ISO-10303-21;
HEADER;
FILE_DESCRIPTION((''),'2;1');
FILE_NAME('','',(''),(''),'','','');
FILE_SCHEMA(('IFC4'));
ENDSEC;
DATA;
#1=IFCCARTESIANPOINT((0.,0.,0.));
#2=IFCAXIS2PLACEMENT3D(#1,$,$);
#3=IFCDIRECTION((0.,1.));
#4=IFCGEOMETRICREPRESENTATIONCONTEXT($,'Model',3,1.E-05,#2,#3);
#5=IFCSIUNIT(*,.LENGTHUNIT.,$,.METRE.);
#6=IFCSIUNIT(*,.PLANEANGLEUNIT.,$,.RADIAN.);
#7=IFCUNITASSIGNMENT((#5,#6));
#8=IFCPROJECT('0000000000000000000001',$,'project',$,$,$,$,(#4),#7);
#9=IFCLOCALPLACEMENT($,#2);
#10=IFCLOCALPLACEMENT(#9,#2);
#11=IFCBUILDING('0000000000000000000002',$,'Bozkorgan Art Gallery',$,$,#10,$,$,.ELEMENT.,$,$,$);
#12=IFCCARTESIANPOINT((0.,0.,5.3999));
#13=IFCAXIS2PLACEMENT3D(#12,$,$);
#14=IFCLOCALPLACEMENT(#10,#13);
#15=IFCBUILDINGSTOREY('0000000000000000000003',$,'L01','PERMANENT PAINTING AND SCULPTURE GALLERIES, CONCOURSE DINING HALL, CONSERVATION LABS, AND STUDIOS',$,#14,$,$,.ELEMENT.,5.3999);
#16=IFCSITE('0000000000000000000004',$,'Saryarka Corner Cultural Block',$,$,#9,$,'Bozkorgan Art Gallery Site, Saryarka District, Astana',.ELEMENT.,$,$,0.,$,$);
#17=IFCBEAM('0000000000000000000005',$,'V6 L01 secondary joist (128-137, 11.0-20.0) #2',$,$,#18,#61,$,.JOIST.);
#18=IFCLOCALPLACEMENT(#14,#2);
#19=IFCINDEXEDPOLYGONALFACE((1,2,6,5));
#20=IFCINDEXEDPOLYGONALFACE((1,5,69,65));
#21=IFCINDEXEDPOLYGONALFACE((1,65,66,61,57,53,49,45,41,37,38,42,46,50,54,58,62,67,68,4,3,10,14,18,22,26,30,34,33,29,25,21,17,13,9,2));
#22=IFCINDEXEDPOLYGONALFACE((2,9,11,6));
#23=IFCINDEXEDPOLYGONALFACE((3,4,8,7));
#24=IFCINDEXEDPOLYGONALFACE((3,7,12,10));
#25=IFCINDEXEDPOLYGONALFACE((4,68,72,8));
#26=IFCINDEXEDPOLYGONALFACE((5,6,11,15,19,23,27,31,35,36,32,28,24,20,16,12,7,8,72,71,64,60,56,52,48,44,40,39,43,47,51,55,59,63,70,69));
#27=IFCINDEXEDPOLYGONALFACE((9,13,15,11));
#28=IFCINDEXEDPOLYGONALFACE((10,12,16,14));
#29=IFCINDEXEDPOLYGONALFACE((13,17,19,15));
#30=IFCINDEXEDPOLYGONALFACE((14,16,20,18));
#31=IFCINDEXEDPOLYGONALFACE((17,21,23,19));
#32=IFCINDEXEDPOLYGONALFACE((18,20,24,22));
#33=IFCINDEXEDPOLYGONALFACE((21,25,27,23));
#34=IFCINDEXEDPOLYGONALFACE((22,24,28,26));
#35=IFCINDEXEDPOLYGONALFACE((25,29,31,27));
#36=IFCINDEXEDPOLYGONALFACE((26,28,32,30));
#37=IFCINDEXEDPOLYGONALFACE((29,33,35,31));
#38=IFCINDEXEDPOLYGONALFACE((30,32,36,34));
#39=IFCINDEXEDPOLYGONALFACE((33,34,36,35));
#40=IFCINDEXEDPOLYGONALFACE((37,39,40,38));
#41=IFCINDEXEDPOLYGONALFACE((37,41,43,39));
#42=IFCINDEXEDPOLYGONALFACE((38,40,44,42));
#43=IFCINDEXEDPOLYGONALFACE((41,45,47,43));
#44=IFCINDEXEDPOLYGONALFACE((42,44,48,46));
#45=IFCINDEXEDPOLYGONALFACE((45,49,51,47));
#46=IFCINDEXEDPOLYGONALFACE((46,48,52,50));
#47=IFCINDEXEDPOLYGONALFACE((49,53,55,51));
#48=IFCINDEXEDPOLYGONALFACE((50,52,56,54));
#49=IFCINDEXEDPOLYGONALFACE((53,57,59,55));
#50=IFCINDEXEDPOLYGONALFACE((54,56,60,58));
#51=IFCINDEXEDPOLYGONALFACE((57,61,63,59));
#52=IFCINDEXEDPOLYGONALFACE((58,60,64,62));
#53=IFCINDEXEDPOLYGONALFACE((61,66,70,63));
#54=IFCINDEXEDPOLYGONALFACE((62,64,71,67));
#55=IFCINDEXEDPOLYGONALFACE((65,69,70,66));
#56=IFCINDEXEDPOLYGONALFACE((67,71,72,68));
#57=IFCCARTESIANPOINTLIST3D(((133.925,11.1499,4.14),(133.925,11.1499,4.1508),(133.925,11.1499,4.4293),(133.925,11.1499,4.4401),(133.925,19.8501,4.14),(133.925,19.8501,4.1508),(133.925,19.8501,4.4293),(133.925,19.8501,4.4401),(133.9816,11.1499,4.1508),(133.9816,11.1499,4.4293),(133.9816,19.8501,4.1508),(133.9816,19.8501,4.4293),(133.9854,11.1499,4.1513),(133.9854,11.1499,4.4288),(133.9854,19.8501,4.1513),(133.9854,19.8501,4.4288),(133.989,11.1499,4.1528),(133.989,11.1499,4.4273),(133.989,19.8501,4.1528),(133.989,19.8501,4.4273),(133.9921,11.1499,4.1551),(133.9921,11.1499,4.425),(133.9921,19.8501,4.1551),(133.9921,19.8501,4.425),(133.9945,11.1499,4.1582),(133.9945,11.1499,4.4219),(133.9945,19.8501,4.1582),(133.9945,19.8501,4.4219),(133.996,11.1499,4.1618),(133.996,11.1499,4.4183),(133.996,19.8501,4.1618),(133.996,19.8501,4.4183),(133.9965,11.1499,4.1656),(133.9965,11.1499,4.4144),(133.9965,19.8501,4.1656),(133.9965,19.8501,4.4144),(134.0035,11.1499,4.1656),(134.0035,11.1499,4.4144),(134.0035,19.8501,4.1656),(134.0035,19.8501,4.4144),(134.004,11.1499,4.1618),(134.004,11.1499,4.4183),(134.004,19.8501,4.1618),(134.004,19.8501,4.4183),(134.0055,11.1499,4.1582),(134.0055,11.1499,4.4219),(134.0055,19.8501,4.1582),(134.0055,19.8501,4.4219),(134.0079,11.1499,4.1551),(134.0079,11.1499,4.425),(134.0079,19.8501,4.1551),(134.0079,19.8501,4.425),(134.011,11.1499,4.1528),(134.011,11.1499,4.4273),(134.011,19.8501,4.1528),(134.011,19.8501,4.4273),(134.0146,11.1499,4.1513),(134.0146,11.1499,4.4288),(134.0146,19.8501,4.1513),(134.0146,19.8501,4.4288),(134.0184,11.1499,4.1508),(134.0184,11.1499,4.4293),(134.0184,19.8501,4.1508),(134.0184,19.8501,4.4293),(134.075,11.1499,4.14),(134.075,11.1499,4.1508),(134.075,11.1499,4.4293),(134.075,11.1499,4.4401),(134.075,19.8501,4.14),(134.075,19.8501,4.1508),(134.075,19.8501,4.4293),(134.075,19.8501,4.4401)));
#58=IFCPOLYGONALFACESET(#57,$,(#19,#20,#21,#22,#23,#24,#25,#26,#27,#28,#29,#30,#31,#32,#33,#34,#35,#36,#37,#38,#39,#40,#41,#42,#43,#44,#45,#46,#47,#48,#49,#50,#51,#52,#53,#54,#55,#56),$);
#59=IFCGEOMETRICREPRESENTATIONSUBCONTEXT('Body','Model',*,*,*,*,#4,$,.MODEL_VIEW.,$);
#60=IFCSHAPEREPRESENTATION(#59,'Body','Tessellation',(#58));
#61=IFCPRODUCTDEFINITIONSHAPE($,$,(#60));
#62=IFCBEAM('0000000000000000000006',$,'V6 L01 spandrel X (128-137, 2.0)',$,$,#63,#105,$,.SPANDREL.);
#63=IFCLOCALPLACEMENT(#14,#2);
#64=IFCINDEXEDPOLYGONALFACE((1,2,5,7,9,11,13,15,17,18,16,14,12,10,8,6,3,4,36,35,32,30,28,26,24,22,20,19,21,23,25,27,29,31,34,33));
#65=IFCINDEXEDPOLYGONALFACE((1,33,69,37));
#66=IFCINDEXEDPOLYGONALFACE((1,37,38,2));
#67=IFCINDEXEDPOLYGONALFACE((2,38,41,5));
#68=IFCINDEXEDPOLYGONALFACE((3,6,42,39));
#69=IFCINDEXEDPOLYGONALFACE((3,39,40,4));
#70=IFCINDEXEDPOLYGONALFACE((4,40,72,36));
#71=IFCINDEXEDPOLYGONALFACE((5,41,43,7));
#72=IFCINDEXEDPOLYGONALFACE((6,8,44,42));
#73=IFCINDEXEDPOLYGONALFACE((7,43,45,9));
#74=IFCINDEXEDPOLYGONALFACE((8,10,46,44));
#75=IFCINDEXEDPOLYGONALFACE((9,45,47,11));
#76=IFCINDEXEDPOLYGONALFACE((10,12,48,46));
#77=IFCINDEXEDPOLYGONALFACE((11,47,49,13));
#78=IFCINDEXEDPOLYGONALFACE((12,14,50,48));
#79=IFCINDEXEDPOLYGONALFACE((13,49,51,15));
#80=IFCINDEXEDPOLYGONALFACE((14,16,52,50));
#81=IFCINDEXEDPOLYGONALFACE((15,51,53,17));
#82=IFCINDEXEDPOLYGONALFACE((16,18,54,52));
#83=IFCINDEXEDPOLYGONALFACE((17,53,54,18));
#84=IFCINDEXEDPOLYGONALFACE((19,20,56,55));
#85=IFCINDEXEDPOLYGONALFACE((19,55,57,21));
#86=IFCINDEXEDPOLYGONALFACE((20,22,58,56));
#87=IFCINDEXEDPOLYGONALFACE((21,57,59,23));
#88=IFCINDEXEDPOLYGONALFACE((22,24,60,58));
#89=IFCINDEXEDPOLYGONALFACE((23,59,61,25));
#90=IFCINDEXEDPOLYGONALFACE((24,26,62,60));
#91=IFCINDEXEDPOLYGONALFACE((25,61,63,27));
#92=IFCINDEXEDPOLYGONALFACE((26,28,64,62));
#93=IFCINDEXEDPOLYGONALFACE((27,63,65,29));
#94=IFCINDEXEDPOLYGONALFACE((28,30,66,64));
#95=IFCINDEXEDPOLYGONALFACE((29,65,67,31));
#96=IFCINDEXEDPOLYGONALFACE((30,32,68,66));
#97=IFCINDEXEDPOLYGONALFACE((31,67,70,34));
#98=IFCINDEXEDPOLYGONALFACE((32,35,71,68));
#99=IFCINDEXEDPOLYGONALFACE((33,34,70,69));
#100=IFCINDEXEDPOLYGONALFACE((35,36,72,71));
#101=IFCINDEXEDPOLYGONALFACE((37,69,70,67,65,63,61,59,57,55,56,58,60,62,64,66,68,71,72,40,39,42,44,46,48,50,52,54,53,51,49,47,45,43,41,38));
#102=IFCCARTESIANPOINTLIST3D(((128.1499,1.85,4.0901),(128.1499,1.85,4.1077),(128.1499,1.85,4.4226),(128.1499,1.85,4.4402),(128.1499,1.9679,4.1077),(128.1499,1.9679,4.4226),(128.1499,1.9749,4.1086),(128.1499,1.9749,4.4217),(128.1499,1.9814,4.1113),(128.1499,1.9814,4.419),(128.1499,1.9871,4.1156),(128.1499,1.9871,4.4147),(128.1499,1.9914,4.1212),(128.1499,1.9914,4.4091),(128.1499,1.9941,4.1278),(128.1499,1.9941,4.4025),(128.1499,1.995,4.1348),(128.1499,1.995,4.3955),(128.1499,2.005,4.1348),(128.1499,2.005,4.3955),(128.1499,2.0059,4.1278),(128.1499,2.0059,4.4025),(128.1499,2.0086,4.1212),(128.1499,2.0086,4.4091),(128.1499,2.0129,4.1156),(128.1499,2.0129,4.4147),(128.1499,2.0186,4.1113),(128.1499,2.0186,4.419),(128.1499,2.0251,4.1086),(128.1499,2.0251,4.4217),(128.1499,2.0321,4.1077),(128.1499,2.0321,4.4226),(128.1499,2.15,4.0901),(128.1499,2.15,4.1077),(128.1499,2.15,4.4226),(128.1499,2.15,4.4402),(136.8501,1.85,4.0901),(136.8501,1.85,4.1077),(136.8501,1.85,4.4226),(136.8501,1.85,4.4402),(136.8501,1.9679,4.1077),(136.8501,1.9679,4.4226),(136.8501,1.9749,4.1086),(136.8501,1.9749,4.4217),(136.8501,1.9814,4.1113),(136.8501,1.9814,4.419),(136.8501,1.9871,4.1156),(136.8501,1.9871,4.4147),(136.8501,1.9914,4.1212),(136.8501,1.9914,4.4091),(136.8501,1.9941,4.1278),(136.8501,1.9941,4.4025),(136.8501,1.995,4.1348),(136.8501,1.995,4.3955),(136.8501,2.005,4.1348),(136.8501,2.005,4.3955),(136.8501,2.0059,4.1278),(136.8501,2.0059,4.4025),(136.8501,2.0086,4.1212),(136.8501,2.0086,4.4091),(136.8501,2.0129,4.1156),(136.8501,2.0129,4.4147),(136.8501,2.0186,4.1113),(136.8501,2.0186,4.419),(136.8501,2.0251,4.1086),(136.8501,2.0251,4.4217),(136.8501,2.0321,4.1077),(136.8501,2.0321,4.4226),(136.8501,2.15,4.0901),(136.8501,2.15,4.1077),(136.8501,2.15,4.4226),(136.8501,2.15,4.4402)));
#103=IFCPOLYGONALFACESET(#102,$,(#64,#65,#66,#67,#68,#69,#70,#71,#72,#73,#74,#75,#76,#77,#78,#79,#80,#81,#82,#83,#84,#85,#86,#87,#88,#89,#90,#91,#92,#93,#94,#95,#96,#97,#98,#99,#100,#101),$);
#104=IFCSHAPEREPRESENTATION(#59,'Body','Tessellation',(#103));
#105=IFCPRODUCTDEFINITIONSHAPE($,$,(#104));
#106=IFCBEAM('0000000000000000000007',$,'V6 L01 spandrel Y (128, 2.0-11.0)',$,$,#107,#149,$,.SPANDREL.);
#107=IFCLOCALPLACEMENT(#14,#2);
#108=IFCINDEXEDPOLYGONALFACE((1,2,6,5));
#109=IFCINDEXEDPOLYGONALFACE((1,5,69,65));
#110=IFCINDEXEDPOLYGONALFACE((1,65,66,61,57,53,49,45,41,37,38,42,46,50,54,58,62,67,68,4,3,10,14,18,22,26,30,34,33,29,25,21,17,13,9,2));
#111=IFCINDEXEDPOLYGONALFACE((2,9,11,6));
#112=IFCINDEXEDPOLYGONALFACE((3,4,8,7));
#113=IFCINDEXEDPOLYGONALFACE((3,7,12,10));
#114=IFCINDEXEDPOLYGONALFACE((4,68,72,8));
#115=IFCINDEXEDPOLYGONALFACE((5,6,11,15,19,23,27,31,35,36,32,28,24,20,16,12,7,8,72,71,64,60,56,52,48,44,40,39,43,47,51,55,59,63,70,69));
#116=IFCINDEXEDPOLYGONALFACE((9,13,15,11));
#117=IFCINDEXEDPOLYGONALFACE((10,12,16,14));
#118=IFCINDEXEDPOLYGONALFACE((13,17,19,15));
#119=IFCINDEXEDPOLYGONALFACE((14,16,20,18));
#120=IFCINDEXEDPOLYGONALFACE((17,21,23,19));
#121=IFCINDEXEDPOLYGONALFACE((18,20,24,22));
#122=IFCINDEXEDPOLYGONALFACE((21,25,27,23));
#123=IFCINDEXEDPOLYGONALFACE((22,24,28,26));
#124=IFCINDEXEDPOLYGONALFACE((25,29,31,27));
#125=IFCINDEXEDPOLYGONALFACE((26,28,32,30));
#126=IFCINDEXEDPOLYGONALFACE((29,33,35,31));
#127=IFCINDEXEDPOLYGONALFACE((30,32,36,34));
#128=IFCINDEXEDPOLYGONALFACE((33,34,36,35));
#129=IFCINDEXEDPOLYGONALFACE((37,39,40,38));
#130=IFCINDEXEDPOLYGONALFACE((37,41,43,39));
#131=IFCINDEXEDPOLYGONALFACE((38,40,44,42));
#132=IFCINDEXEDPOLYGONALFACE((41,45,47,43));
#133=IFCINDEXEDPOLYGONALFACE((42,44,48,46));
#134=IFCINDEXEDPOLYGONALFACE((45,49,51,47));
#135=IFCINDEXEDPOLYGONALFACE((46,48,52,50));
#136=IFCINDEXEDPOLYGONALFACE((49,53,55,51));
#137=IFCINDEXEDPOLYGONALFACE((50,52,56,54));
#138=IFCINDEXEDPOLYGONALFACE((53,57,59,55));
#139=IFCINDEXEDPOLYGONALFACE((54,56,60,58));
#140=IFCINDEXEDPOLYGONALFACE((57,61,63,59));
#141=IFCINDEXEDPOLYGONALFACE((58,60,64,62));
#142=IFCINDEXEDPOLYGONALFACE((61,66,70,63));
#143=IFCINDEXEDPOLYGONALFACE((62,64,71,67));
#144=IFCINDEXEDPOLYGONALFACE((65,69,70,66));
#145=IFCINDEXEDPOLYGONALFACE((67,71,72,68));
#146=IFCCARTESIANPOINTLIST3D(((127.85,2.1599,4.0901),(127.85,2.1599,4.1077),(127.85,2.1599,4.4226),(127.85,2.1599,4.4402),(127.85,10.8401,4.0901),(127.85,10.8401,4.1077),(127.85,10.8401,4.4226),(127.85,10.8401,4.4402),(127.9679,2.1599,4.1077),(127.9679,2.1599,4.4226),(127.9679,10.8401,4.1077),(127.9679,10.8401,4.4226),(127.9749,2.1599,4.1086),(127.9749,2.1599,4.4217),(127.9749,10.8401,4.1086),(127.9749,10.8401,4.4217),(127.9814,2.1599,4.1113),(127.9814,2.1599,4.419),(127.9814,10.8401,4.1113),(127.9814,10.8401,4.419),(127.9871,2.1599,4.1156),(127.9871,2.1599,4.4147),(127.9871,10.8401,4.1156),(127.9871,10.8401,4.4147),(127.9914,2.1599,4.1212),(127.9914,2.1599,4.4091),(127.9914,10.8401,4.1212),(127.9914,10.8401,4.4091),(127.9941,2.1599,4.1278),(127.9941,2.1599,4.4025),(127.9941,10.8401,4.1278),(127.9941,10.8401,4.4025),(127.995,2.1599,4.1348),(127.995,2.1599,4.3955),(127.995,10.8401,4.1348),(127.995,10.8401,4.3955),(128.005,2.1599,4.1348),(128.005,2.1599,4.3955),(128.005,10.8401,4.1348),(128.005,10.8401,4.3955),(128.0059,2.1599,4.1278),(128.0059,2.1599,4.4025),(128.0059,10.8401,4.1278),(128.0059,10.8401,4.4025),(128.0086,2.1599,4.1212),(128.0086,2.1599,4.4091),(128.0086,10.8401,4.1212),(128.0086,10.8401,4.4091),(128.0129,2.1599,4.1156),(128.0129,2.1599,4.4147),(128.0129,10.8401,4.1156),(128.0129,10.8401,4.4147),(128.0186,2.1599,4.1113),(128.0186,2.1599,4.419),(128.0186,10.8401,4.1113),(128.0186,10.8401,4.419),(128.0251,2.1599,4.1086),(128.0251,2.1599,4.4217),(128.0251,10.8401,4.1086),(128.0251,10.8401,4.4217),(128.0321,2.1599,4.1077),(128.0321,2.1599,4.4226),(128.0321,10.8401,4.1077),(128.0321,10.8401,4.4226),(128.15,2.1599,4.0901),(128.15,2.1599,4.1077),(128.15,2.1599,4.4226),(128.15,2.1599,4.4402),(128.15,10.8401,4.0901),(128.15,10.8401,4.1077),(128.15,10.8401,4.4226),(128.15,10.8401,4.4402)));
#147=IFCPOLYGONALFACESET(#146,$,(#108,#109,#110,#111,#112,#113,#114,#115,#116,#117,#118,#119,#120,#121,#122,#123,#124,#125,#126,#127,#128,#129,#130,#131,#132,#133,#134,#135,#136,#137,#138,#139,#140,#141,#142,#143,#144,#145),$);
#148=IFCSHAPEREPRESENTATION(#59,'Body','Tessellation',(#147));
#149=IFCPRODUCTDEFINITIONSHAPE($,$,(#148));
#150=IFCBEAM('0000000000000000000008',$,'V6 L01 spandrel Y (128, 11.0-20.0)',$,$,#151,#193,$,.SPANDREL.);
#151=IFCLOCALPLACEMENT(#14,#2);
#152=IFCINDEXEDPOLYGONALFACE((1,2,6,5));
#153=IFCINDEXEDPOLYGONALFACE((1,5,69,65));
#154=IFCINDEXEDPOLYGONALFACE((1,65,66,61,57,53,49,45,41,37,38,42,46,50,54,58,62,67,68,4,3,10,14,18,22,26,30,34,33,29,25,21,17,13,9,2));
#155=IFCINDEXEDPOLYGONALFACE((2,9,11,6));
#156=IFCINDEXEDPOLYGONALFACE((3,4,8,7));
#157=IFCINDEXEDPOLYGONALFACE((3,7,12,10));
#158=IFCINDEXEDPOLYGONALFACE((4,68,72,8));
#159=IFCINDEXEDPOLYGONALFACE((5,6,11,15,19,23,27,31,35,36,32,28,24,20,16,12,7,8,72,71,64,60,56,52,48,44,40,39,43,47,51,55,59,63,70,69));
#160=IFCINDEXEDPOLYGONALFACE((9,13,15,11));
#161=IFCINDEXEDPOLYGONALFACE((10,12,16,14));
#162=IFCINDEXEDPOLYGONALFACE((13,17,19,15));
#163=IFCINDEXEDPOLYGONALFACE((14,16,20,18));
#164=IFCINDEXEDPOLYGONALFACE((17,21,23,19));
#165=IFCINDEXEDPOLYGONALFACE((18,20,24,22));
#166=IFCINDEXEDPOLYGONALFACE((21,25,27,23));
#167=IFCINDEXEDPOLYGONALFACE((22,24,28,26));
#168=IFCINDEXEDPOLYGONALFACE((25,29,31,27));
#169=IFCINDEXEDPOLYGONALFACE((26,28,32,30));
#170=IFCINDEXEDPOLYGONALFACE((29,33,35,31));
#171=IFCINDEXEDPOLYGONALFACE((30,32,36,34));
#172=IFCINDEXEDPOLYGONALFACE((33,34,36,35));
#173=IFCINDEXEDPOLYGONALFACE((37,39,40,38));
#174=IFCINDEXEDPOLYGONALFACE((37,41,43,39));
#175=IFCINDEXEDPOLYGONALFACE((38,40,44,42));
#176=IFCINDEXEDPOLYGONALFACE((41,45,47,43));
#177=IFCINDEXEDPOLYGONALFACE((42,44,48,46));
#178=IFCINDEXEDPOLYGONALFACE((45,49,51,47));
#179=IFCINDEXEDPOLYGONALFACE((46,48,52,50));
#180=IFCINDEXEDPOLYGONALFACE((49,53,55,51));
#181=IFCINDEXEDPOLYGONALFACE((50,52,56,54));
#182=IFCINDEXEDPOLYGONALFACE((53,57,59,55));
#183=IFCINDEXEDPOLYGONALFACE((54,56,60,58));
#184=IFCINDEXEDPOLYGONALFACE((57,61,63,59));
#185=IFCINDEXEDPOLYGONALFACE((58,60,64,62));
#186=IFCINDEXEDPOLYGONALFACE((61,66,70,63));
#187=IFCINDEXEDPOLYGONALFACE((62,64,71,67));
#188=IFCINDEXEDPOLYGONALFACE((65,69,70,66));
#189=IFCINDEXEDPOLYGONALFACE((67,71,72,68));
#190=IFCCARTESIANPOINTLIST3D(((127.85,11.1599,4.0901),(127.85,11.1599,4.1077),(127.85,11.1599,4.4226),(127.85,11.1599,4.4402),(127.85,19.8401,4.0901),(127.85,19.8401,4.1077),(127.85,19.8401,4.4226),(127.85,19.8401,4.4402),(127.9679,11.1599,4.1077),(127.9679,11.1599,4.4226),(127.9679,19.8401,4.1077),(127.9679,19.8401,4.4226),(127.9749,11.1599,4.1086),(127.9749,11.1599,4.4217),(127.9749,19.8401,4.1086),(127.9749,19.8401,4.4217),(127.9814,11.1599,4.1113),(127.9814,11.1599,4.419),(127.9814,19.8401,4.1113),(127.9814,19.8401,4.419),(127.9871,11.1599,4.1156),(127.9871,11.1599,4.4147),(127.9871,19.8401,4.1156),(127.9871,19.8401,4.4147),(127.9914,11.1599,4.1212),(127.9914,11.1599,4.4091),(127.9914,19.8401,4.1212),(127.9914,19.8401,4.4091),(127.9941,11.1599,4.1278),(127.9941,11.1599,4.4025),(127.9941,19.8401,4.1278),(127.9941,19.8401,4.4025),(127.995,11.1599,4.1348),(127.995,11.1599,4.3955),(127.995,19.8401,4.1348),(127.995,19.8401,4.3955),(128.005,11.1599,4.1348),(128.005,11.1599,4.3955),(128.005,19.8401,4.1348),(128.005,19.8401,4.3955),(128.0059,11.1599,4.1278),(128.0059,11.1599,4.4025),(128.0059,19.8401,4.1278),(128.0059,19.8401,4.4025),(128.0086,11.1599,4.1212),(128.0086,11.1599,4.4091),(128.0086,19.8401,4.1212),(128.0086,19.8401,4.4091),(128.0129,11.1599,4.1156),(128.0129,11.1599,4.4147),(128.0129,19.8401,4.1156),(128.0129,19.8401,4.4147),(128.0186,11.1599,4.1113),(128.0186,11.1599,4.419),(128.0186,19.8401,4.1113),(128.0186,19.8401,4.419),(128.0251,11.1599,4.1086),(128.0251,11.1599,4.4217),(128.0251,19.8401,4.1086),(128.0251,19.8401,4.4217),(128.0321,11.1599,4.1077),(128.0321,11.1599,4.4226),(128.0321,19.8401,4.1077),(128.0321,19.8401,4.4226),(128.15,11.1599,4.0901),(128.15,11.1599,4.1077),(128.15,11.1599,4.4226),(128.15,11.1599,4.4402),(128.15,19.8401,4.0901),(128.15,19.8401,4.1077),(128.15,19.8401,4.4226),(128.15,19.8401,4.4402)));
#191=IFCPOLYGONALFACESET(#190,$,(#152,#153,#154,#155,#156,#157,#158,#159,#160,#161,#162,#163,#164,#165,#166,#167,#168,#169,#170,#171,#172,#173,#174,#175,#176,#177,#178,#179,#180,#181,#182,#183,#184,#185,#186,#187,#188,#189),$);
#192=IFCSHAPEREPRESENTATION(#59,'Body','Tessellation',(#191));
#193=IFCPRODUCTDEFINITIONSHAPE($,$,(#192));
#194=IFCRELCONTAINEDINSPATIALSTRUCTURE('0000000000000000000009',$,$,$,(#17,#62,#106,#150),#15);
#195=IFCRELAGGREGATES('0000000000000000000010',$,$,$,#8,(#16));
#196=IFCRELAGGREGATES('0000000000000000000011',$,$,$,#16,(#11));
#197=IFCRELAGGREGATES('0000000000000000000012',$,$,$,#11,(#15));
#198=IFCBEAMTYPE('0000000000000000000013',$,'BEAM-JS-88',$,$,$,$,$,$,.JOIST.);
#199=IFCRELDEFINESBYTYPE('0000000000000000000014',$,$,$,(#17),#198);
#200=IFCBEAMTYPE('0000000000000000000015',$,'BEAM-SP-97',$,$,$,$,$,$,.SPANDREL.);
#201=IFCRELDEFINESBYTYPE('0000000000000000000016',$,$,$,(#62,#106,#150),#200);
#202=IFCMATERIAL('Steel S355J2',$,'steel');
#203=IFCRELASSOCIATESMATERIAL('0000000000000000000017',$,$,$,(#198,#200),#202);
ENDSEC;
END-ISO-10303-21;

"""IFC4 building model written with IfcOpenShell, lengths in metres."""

from ifc_helpers import new_model, si_unit, direction, frame, origin, origin_2d, place, context, subcontext, project, spatial, i_section, extrude, material, material_profile, profile_set, type_object, element, save


model = new_model("IFC4")

# Units and contexts
model_context = context("Model", 3, precision=1e-05, world=origin(), true_north=direction((0.0, 1.0)))
body_context = subcontext(model_context, "Body", "Model", "MODEL_VIEW")
ifc_project = project(units=[si_unit("LENGTHUNIT", "METRE"), si_unit("PLANEANGLEUNIT", "RADIAN")], contexts=[model_context])

# Site, building, storey
site_placement = place(None, origin())
site = spatial("IfcSite", under=ifc_project, at=site_placement, Name="Saryarka Corner Cultural Block", LongName="Bozkorgan Art Gallery Site, Saryarka District, Astana", CompositionType="ELEMENT", RefElevation=0.0)
building_placement = place(site_placement, origin())
building = spatial("IfcBuilding", under=site, at=building_placement, Name="Bozkorgan Art Gallery", CompositionType="ELEMENT")
storey_placement = place(building_placement, frame((0.0, 0.0, 5.3999)))
storey = spatial("IfcBuildingStorey", under=building, at=storey_placement, Name="L01", Description="PERMANENT PAINTING AND SCULPTURE GALLERIES, CONCOURSE DINING HALL, CONSERVATION LABS, AND STUDIOS", CompositionType="ELEMENT", Elevation=5.3999)

# Shared definitions
ifc_material_1 = material(Name="Steel S355J2", Category="steel")

# Beams
ifc_material_profile_1 = material_profile(ifc_material_1, i_section(OverallWidth=0.1499, OverallDepth=0.3, WebThickness=0.0071, FlangeThickness=0.0107, FilletRadius=0.0149, at=origin_2d()), Name="IPE 300")
ifc_profile_set_1 = profile_set([ifc_material_profile_1], Name="Steel S355J2")
beam_type_1 = type_object("IfcBeamType", Name="BEAM-JS-88", PredefinedType="JOIST", material=ifc_profile_set_1)
for number, where, z_axis, x_axis, name in (
    (1, (134.0, 11.1499, 4.29), (0.0, 1.0, 0.0), (-1.0, 0.0, 0.0), "V6 L01 secondary joist (128-137, 11.0-20.0) #2"),
):
    element("IfcBeam", number, at=place(storey_placement, frame(where, z_axis=z_axis, x_axis=x_axis)), inside=storey, type_object=beam_type_1, Name=name, PredefinedType="JOIST", context=body_context, shape_type="SweptSolid", body=[
        extrude(i_section(OverallWidth=0.1499, OverallDepth=0.3, WebThickness=0.0071, FlangeThickness=0.0107, FilletRadius=0.0149, at=origin_2d()), origin(), (0.0, 0.0, 1.0), 8.7002),
    ])
ifc_material_profile_2 = material_profile(ifc_material_1, i_section(OverallWidth=0.3, OverallDepth=0.3501, WebThickness=0.01, FlangeThickness=0.0176, FilletRadius=0.0271, at=origin_2d()), Name="HEA 360")
ifc_profile_set_2 = profile_set([ifc_material_profile_2], Name="Steel S355J2")
beam_type_2 = type_object("IfcBeamType", Name="BEAM-SP-97", PredefinedType="SPANDREL", material=ifc_profile_set_2)
beam_1_placement = place(storey_placement, frame((128.1499, 2.0, 4.2651), z_axis=(1.0, 0.0, 0.0), x_axis=(0.0, 1.0, 0.0)))
element("IfcBeam", 2, at=beam_1_placement, inside=storey, type_object=beam_type_2, Name="V6 L01 spandrel X (128-137, 2.0)", PredefinedType="SPANDREL", context=body_context, shape_type="SweptSolid", body=[
    extrude(i_section(OverallWidth=0.3, OverallDepth=0.3501, WebThickness=0.01, FlangeThickness=0.0176, FilletRadius=0.0271, at=origin_2d()), origin(), (0.0, 0.0, 1.0), 8.7002),
])
for number, where, z_axis, x_axis, name in (
    (3, (128.0, 2.1599, 4.2651), (0.0, 1.0, 0.0), (-1.0, 0.0, 0.0), "V6 L01 spandrel Y (128, 2.0-11.0)"),
    (4, (128.0, 11.1599, 4.2651), (0.0, 1.0, 0.0), (-1.0, 0.0, 0.0), "V6 L01 spandrel Y (128, 11.0-20.0)"),
):
    element("IfcBeam", number, at=place(storey_placement, frame(where, z_axis=z_axis, x_axis=x_axis)), inside=storey, type_object=beam_type_2, Name=name, PredefinedType="SPANDREL", context=body_context, shape_type="SweptSolid", body=[
        extrude(i_section(OverallWidth=0.3, OverallDepth=0.3501, WebThickness=0.01, FlangeThickness=0.0176, FilletRadius=0.0271, at=origin_2d()), origin(), (0.0, 0.0, 1.0), 8.6802),
    ])

save(model, "model.ifc")
